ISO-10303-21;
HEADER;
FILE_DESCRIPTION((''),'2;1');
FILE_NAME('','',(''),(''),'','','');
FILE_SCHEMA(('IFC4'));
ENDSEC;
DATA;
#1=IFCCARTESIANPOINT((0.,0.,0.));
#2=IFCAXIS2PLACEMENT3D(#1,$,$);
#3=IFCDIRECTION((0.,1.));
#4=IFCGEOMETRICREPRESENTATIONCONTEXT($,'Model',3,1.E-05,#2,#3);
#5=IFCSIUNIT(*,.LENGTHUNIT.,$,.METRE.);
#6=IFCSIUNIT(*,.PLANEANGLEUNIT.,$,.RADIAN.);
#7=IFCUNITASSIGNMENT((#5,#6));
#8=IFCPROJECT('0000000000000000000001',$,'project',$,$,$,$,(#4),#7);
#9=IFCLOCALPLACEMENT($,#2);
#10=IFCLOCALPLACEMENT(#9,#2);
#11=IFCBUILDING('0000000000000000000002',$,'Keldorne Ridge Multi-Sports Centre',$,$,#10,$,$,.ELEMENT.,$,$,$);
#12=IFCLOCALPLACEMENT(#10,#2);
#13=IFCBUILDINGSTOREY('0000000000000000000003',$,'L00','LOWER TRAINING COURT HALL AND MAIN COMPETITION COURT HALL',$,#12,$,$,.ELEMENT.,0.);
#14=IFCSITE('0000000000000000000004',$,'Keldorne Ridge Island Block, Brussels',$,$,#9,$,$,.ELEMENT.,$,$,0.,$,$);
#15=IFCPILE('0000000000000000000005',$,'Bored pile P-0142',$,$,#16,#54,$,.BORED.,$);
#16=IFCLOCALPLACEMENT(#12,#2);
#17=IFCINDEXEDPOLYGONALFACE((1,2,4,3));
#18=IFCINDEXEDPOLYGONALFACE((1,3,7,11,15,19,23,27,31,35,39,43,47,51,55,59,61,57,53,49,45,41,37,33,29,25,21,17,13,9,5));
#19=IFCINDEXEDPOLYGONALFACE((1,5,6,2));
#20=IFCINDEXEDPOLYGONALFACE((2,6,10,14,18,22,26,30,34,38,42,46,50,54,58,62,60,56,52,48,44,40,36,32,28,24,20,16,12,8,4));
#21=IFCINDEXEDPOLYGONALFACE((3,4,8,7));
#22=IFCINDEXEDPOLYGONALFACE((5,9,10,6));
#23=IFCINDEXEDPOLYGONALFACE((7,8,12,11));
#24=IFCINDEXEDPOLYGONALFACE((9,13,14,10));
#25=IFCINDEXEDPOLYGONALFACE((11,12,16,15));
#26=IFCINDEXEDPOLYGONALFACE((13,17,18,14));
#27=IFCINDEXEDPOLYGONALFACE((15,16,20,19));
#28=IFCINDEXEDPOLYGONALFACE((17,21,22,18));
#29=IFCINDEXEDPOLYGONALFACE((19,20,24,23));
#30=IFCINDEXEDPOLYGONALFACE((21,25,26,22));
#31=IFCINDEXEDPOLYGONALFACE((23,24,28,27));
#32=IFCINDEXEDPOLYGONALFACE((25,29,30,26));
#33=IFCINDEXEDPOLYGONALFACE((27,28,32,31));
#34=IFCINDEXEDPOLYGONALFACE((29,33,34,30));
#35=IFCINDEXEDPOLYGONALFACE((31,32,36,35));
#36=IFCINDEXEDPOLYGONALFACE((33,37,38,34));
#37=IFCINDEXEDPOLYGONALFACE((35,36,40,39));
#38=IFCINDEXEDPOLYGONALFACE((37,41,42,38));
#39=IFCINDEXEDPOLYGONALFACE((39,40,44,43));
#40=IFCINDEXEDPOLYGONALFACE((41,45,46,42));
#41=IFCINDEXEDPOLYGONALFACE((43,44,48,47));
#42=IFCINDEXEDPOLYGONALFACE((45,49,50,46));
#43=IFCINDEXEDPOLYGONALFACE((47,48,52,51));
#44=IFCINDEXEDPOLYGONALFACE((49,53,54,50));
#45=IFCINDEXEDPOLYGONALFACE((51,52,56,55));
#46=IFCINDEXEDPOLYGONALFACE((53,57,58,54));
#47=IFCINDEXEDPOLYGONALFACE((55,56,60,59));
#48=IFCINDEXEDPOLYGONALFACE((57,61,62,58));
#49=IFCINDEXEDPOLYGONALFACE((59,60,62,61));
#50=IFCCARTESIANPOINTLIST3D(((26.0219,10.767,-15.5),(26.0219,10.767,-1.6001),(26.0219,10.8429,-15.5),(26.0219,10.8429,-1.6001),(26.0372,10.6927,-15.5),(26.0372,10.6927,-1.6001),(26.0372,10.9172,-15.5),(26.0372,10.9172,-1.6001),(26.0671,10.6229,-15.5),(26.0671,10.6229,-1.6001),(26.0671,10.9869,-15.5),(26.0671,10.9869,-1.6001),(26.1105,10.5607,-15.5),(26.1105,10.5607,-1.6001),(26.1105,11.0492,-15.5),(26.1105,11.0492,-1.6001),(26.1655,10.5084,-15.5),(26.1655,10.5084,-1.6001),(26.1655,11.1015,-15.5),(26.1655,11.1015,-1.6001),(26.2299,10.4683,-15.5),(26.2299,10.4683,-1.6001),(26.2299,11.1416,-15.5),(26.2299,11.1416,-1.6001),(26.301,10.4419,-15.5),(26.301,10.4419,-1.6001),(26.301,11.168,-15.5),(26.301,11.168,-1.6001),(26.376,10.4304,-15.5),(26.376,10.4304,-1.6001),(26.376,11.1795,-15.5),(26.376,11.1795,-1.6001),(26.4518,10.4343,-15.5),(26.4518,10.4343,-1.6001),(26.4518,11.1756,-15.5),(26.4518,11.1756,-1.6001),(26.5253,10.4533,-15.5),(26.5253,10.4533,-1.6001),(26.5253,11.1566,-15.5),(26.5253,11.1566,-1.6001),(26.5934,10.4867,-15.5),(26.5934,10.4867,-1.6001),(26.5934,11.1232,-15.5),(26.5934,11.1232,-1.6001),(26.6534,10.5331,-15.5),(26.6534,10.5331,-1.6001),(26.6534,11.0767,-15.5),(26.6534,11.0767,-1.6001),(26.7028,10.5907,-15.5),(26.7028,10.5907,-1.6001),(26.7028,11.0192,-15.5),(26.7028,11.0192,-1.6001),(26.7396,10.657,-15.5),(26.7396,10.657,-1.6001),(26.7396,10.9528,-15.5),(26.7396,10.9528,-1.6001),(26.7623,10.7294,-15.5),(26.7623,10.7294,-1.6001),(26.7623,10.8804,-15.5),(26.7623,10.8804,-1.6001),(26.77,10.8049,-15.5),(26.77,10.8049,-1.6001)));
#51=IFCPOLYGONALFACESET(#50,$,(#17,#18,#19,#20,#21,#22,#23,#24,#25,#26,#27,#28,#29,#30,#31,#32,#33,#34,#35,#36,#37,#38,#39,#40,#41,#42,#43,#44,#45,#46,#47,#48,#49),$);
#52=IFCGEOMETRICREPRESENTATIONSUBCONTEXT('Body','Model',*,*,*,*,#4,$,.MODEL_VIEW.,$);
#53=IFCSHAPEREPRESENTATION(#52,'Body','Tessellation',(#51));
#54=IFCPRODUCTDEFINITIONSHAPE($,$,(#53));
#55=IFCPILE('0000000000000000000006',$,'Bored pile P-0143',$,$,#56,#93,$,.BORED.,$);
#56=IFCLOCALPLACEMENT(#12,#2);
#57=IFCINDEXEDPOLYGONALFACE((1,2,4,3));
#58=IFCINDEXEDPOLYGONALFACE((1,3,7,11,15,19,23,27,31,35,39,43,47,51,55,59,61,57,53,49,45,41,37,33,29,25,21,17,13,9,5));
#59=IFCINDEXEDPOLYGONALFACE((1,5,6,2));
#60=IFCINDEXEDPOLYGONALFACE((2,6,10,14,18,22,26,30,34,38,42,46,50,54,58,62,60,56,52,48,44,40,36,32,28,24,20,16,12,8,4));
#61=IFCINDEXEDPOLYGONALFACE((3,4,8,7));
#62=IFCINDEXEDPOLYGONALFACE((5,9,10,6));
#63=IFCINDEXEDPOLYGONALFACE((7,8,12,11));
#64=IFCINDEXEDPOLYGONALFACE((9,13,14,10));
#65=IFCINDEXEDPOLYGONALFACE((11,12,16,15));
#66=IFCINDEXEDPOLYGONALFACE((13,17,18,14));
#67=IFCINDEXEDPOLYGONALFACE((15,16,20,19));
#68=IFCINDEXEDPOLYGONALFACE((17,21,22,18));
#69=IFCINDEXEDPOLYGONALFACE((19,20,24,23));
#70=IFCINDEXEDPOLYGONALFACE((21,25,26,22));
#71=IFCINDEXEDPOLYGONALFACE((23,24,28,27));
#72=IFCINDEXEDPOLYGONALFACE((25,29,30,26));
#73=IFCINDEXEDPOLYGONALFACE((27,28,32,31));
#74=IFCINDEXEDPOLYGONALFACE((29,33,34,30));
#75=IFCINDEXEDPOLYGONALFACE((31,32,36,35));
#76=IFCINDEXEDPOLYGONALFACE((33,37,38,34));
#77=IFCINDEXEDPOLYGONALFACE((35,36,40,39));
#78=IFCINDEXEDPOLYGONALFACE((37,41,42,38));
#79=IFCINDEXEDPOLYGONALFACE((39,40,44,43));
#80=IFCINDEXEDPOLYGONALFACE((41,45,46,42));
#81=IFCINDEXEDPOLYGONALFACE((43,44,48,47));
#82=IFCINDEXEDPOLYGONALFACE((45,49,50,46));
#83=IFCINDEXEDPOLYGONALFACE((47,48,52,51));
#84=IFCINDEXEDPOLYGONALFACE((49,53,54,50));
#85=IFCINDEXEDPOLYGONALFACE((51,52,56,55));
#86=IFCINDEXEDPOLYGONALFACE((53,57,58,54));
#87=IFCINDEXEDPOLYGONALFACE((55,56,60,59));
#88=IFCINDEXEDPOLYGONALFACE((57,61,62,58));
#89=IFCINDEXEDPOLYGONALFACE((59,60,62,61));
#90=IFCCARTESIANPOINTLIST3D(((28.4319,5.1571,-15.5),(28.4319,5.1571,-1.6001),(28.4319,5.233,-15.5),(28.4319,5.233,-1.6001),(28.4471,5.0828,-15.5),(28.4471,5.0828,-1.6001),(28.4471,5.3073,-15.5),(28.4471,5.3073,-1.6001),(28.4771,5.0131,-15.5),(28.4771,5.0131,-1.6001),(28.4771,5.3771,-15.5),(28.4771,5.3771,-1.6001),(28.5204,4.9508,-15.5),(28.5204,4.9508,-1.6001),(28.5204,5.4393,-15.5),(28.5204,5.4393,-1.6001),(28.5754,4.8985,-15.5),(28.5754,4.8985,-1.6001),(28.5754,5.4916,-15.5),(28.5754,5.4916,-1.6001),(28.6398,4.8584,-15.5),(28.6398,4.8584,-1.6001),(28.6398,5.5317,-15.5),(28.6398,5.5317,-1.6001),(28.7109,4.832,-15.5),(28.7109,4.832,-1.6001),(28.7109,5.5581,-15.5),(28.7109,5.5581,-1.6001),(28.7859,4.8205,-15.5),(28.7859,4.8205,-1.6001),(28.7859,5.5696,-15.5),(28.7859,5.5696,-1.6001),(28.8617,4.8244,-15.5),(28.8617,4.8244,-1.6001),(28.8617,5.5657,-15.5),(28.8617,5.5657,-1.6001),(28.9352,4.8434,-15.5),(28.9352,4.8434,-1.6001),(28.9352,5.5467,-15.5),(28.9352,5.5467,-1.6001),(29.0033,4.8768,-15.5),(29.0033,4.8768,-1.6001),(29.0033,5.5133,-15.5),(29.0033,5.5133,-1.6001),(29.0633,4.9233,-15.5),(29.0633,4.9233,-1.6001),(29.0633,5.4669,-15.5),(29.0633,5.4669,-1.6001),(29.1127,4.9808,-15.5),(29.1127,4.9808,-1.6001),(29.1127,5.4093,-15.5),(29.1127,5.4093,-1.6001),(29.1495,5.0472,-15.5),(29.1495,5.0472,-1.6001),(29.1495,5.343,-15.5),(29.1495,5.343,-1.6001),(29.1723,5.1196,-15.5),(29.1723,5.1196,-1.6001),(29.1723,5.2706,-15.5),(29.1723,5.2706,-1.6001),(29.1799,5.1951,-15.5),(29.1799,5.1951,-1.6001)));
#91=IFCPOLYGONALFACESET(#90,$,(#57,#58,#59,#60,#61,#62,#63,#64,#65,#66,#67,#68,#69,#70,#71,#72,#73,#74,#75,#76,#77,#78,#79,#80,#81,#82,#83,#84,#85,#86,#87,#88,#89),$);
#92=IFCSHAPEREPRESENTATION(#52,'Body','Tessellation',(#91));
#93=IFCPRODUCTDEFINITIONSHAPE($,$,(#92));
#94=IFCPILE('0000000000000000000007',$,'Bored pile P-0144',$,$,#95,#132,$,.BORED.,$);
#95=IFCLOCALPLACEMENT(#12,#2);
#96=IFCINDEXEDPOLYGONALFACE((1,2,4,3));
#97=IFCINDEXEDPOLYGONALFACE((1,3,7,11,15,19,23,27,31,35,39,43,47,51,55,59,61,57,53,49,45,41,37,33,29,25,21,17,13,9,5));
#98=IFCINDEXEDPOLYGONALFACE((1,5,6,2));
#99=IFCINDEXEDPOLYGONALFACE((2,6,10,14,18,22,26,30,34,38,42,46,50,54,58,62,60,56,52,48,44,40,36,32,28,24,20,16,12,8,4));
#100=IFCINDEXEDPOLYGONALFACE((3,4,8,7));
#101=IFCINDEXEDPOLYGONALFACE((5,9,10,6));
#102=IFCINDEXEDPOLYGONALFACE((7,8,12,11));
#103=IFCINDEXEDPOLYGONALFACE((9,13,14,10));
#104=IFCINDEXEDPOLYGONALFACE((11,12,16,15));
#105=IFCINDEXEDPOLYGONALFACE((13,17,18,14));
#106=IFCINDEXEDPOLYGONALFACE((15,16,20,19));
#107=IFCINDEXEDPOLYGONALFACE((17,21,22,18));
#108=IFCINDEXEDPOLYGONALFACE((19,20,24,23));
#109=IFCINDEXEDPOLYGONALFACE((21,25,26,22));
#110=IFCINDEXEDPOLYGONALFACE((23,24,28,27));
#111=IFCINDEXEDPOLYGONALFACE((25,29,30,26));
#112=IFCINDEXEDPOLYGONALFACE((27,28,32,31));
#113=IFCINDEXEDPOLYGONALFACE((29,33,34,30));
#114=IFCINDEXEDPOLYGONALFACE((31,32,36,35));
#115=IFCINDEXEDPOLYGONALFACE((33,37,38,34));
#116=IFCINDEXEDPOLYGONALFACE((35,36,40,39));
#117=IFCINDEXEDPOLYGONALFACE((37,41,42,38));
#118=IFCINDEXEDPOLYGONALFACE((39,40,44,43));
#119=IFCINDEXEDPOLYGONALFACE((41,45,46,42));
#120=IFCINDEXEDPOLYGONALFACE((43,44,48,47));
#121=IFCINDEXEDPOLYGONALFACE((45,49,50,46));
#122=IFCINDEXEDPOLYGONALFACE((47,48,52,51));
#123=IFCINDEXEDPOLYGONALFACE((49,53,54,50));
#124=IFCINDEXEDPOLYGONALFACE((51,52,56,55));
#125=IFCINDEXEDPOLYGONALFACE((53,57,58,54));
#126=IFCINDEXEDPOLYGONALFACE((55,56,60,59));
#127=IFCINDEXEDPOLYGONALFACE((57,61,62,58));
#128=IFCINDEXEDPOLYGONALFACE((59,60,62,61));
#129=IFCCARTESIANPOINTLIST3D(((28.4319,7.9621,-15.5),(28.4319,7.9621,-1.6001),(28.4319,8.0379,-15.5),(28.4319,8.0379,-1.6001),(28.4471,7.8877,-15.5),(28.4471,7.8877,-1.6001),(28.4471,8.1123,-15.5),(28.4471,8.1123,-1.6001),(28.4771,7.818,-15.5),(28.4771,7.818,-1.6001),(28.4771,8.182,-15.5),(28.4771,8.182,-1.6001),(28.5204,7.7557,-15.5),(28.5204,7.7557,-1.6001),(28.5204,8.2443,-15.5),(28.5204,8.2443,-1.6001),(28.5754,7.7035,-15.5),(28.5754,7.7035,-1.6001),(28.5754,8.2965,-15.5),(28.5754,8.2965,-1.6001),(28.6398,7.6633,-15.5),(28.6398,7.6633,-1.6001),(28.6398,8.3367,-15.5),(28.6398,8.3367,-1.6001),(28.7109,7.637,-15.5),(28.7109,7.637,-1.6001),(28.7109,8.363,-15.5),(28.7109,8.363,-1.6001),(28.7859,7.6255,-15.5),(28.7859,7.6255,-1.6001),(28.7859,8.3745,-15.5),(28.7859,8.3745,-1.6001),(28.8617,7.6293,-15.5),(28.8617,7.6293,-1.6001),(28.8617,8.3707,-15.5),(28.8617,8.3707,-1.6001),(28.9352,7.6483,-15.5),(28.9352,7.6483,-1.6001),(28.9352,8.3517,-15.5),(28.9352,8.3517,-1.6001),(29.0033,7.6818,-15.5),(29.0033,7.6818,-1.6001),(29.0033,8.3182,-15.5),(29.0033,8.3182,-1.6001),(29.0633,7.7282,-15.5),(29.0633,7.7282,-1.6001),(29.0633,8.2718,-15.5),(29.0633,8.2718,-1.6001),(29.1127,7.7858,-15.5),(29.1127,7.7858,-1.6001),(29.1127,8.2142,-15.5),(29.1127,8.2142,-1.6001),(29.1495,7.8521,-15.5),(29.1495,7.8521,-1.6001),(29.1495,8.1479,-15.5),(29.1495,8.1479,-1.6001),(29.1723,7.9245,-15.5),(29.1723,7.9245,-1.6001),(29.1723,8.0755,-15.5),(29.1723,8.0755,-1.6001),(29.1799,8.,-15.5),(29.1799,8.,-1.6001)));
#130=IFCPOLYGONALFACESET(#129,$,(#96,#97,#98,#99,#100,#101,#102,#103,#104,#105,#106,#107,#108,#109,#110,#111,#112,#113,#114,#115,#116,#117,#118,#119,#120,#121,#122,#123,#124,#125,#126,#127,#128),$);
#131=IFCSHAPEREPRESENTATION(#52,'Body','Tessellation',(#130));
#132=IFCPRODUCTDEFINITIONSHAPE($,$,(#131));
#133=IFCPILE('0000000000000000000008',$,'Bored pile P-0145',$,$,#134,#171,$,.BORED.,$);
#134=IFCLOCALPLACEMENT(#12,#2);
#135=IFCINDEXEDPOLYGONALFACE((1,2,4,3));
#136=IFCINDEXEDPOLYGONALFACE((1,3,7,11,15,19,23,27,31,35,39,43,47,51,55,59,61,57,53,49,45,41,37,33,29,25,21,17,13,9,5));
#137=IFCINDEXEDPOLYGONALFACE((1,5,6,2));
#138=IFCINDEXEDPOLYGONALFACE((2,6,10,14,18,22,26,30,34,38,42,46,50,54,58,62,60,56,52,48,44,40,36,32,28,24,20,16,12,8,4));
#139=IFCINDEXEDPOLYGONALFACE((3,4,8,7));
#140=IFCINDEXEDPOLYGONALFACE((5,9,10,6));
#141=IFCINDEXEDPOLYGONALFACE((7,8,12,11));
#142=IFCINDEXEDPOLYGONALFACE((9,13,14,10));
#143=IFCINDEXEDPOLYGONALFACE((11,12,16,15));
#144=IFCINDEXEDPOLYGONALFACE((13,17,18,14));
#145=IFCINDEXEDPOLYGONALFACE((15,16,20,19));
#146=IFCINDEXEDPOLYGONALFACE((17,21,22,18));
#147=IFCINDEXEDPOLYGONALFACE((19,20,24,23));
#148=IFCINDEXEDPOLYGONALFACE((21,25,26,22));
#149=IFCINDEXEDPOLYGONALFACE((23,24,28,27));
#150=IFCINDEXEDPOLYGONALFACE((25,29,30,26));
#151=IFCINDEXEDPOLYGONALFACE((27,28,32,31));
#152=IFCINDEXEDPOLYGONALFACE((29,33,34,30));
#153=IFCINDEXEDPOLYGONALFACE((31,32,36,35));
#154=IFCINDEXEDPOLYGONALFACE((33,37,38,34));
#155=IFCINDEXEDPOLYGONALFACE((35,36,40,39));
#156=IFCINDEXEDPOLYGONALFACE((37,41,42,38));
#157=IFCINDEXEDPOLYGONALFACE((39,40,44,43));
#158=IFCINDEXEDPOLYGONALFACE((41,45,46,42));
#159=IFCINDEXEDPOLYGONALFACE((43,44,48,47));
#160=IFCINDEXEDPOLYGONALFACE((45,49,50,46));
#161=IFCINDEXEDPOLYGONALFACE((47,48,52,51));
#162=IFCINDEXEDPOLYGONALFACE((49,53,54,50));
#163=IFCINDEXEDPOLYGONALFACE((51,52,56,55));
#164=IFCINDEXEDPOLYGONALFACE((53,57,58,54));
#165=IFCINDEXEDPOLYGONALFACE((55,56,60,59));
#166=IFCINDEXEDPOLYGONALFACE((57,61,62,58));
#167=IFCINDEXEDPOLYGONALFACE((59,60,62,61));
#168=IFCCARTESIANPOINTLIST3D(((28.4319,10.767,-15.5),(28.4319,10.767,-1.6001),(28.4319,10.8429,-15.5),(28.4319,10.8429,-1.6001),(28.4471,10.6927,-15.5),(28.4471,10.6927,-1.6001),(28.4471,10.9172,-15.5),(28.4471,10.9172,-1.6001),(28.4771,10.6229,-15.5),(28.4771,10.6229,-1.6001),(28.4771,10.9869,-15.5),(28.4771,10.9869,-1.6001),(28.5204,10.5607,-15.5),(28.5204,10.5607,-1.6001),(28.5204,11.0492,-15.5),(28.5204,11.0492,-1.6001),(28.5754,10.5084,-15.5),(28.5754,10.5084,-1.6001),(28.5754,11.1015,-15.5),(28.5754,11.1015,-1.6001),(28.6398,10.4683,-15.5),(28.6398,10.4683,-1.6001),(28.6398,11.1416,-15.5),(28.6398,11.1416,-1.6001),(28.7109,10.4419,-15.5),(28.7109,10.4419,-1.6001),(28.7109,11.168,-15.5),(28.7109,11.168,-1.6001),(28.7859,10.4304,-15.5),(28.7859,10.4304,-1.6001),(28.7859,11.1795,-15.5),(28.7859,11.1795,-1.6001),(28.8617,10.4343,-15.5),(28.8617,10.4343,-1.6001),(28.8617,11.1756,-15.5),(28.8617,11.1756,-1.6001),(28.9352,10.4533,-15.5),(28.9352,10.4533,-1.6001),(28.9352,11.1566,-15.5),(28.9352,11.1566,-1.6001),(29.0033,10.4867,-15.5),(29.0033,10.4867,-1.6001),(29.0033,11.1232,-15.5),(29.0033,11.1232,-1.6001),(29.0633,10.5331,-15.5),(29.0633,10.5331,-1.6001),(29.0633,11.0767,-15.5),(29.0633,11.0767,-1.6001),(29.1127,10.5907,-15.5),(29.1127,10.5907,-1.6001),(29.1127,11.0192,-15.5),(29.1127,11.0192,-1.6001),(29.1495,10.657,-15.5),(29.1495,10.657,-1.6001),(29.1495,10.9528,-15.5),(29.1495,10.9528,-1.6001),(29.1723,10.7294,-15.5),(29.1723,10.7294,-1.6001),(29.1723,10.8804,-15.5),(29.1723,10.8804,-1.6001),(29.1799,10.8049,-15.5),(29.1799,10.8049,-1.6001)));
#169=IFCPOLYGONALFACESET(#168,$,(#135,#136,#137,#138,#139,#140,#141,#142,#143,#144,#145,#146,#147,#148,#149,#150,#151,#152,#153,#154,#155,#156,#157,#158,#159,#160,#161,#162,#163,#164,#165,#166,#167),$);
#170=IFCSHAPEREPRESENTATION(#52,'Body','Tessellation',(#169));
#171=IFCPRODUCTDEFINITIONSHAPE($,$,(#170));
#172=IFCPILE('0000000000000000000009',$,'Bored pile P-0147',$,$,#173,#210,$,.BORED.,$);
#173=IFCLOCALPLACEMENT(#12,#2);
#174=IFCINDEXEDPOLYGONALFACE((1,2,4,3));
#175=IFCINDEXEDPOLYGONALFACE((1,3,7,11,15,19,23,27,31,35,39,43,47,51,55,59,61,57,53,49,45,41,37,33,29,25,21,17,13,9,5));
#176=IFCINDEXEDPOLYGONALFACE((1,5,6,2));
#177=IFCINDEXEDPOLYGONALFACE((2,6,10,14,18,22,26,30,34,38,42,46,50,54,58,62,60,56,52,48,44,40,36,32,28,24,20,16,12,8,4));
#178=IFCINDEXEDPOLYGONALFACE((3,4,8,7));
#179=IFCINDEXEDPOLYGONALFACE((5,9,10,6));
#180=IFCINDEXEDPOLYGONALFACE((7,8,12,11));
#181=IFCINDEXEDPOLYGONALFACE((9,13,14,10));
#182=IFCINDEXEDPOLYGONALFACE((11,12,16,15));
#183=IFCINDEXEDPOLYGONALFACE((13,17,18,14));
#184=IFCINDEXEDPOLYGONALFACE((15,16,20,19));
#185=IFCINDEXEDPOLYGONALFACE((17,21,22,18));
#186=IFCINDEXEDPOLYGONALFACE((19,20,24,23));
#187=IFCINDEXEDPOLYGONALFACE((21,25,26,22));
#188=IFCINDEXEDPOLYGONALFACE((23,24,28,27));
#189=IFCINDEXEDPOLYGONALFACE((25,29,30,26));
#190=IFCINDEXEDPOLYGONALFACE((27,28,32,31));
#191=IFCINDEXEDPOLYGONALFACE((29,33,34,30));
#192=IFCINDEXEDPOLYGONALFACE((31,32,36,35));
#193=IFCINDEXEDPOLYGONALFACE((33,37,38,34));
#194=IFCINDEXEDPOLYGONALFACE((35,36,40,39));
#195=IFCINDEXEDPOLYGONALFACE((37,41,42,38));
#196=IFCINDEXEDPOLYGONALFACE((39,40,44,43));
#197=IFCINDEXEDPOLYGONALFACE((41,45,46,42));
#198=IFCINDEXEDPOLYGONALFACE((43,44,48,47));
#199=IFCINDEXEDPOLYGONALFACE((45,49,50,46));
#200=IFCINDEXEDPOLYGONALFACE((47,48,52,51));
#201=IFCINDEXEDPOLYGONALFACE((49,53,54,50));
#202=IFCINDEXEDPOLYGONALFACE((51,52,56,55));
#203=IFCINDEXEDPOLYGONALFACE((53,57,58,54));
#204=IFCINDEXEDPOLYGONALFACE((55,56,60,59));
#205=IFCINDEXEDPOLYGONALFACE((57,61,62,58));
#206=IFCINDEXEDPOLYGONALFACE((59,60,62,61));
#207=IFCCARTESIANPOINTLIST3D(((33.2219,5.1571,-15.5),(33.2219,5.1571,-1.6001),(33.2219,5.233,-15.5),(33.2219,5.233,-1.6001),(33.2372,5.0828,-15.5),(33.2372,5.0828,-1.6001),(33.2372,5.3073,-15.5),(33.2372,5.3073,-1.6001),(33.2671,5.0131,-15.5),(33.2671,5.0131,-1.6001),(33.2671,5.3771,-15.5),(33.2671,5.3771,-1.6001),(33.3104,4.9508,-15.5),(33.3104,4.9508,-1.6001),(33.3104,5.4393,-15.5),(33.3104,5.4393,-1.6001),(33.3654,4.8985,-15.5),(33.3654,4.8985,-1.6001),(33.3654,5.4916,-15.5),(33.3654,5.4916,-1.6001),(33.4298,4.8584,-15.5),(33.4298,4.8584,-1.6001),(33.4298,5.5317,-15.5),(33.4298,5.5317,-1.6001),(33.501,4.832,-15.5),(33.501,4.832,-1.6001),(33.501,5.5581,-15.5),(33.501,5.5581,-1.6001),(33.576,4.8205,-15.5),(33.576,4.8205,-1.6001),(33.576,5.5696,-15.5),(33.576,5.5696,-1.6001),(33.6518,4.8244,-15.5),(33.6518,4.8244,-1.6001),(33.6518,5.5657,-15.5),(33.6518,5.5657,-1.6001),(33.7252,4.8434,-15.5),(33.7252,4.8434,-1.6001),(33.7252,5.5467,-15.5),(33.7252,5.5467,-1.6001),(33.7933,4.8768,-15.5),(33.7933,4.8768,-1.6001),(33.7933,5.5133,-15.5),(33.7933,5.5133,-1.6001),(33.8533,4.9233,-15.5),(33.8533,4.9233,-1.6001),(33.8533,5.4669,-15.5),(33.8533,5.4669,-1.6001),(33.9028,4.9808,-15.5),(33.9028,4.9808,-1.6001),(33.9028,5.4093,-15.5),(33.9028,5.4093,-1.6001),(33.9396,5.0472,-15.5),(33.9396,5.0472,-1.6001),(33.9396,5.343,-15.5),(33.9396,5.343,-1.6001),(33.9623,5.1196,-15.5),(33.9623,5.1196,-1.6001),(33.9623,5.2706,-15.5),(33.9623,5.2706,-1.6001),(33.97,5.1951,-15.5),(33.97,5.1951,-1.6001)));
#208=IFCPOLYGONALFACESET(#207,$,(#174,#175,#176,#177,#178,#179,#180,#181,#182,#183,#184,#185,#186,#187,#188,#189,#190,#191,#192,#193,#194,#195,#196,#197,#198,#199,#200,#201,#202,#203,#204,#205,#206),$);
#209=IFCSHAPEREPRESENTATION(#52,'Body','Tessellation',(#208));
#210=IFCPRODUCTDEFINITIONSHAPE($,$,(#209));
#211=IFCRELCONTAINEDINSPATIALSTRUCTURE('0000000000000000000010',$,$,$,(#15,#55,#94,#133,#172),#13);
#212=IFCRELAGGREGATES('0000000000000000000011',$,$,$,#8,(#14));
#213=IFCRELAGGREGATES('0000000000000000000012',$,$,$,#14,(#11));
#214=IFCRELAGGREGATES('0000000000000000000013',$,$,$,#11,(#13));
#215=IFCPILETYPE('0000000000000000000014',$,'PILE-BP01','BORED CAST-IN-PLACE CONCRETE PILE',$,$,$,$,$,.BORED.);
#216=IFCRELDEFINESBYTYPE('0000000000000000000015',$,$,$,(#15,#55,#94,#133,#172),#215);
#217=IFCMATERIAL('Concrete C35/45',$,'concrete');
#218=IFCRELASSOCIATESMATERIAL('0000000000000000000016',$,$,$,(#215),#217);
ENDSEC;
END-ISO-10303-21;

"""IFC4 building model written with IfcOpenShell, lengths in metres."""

from ifc_helpers import new_model, si_unit, direction, frame, origin, origin_2d, place, context, subcontext, project, spatial, circle, extrude, material, material_profile, profile_set, type_object, element, save


model = new_model("IFC4")

# Units and contexts
model_context = context("Model", 3, precision=1e-05, world=origin(), true_north=direction((0.0, 1.0)))
body_context = subcontext(model_context, "Body", "Model", "MODEL_VIEW")
ifc_project = project(units=[si_unit("LENGTHUNIT", "METRE"), si_unit("PLANEANGLEUNIT", "RADIAN")], contexts=[model_context])

# Site, building, storey
site_placement = place(None, origin())
site = spatial("IfcSite", under=ifc_project, at=site_placement, Name="Keldorne Ridge Island Block, Brussels", CompositionType="ELEMENT", RefElevation=0.0)
building_placement = place(site_placement, origin())
building = spatial("IfcBuilding", under=site, at=building_placement, Name="Keldorne Ridge Multi-Sports Centre", CompositionType="ELEMENT")
storey_placement = place(building_placement, origin())
storey = spatial("IfcBuildingStorey", under=building, at=storey_placement, Name="L00", Description="LOWER TRAINING COURT HALL AND MAIN COMPETITION COURT HALL", CompositionType="ELEMENT", Elevation=0.0)

# Shared definitions
ifc_material_1 = material(Name="Concrete C35/45", Category="concrete")

# Piles
ifc_material_profile_1 = material_profile(ifc_material_1, circle(Radius=0.375, at=origin_2d()), Name="BORED PILE D750")
ifc_profile_set_1 = profile_set([ifc_material_profile_1], Name="Concrete C35/45")
pile_type = type_object("IfcPileType", Name="PILE-BP01", Description="BORED CAST-IN-PLACE CONCRETE PILE", PredefinedType="BORED", material=ifc_profile_set_1)
for number, where, z_axis, x_axis, name in (
    (1, (26.395, 10.8049, -1.6001), (0.0, 0.0, -1.0), (1.0, 0.0, 0.0), "Bored pile P-0142"),
    (2, (28.8049, 5.1951, -1.6001), (0.0, 0.0, -1.0), (1.0, 0.0, 0.0), "Bored pile P-0143"),
    (3, (28.8049, 8.0, -1.6001), (0.0, 0.0, -1.0), (1.0, 0.0, 0.0), "Bored pile P-0144"),
    (4, (28.8049, 10.8049, -1.6001), (0.0, 0.0, -1.0), (1.0, 0.0, 0.0), "Bored pile P-0145"),
    (5, (33.595, 5.1951, -1.6001), (0.0, 0.0, -1.0), (1.0, 0.0, 0.0), "Bored pile P-0147"),
):
    element("IfcPile", number, at=place(storey_placement, frame(where, z_axis=z_axis, x_axis=x_axis)), inside=storey, type_object=pile_type, Name=name, PredefinedType="BORED", context=body_context, shape_type="SweptSolid", body=[
        extrude(circle(Radius=0.375, at=origin_2d()), origin(), (0.0, 0.0, 1.0), 13.8999),
    ])

save(model, "model.ifc")
